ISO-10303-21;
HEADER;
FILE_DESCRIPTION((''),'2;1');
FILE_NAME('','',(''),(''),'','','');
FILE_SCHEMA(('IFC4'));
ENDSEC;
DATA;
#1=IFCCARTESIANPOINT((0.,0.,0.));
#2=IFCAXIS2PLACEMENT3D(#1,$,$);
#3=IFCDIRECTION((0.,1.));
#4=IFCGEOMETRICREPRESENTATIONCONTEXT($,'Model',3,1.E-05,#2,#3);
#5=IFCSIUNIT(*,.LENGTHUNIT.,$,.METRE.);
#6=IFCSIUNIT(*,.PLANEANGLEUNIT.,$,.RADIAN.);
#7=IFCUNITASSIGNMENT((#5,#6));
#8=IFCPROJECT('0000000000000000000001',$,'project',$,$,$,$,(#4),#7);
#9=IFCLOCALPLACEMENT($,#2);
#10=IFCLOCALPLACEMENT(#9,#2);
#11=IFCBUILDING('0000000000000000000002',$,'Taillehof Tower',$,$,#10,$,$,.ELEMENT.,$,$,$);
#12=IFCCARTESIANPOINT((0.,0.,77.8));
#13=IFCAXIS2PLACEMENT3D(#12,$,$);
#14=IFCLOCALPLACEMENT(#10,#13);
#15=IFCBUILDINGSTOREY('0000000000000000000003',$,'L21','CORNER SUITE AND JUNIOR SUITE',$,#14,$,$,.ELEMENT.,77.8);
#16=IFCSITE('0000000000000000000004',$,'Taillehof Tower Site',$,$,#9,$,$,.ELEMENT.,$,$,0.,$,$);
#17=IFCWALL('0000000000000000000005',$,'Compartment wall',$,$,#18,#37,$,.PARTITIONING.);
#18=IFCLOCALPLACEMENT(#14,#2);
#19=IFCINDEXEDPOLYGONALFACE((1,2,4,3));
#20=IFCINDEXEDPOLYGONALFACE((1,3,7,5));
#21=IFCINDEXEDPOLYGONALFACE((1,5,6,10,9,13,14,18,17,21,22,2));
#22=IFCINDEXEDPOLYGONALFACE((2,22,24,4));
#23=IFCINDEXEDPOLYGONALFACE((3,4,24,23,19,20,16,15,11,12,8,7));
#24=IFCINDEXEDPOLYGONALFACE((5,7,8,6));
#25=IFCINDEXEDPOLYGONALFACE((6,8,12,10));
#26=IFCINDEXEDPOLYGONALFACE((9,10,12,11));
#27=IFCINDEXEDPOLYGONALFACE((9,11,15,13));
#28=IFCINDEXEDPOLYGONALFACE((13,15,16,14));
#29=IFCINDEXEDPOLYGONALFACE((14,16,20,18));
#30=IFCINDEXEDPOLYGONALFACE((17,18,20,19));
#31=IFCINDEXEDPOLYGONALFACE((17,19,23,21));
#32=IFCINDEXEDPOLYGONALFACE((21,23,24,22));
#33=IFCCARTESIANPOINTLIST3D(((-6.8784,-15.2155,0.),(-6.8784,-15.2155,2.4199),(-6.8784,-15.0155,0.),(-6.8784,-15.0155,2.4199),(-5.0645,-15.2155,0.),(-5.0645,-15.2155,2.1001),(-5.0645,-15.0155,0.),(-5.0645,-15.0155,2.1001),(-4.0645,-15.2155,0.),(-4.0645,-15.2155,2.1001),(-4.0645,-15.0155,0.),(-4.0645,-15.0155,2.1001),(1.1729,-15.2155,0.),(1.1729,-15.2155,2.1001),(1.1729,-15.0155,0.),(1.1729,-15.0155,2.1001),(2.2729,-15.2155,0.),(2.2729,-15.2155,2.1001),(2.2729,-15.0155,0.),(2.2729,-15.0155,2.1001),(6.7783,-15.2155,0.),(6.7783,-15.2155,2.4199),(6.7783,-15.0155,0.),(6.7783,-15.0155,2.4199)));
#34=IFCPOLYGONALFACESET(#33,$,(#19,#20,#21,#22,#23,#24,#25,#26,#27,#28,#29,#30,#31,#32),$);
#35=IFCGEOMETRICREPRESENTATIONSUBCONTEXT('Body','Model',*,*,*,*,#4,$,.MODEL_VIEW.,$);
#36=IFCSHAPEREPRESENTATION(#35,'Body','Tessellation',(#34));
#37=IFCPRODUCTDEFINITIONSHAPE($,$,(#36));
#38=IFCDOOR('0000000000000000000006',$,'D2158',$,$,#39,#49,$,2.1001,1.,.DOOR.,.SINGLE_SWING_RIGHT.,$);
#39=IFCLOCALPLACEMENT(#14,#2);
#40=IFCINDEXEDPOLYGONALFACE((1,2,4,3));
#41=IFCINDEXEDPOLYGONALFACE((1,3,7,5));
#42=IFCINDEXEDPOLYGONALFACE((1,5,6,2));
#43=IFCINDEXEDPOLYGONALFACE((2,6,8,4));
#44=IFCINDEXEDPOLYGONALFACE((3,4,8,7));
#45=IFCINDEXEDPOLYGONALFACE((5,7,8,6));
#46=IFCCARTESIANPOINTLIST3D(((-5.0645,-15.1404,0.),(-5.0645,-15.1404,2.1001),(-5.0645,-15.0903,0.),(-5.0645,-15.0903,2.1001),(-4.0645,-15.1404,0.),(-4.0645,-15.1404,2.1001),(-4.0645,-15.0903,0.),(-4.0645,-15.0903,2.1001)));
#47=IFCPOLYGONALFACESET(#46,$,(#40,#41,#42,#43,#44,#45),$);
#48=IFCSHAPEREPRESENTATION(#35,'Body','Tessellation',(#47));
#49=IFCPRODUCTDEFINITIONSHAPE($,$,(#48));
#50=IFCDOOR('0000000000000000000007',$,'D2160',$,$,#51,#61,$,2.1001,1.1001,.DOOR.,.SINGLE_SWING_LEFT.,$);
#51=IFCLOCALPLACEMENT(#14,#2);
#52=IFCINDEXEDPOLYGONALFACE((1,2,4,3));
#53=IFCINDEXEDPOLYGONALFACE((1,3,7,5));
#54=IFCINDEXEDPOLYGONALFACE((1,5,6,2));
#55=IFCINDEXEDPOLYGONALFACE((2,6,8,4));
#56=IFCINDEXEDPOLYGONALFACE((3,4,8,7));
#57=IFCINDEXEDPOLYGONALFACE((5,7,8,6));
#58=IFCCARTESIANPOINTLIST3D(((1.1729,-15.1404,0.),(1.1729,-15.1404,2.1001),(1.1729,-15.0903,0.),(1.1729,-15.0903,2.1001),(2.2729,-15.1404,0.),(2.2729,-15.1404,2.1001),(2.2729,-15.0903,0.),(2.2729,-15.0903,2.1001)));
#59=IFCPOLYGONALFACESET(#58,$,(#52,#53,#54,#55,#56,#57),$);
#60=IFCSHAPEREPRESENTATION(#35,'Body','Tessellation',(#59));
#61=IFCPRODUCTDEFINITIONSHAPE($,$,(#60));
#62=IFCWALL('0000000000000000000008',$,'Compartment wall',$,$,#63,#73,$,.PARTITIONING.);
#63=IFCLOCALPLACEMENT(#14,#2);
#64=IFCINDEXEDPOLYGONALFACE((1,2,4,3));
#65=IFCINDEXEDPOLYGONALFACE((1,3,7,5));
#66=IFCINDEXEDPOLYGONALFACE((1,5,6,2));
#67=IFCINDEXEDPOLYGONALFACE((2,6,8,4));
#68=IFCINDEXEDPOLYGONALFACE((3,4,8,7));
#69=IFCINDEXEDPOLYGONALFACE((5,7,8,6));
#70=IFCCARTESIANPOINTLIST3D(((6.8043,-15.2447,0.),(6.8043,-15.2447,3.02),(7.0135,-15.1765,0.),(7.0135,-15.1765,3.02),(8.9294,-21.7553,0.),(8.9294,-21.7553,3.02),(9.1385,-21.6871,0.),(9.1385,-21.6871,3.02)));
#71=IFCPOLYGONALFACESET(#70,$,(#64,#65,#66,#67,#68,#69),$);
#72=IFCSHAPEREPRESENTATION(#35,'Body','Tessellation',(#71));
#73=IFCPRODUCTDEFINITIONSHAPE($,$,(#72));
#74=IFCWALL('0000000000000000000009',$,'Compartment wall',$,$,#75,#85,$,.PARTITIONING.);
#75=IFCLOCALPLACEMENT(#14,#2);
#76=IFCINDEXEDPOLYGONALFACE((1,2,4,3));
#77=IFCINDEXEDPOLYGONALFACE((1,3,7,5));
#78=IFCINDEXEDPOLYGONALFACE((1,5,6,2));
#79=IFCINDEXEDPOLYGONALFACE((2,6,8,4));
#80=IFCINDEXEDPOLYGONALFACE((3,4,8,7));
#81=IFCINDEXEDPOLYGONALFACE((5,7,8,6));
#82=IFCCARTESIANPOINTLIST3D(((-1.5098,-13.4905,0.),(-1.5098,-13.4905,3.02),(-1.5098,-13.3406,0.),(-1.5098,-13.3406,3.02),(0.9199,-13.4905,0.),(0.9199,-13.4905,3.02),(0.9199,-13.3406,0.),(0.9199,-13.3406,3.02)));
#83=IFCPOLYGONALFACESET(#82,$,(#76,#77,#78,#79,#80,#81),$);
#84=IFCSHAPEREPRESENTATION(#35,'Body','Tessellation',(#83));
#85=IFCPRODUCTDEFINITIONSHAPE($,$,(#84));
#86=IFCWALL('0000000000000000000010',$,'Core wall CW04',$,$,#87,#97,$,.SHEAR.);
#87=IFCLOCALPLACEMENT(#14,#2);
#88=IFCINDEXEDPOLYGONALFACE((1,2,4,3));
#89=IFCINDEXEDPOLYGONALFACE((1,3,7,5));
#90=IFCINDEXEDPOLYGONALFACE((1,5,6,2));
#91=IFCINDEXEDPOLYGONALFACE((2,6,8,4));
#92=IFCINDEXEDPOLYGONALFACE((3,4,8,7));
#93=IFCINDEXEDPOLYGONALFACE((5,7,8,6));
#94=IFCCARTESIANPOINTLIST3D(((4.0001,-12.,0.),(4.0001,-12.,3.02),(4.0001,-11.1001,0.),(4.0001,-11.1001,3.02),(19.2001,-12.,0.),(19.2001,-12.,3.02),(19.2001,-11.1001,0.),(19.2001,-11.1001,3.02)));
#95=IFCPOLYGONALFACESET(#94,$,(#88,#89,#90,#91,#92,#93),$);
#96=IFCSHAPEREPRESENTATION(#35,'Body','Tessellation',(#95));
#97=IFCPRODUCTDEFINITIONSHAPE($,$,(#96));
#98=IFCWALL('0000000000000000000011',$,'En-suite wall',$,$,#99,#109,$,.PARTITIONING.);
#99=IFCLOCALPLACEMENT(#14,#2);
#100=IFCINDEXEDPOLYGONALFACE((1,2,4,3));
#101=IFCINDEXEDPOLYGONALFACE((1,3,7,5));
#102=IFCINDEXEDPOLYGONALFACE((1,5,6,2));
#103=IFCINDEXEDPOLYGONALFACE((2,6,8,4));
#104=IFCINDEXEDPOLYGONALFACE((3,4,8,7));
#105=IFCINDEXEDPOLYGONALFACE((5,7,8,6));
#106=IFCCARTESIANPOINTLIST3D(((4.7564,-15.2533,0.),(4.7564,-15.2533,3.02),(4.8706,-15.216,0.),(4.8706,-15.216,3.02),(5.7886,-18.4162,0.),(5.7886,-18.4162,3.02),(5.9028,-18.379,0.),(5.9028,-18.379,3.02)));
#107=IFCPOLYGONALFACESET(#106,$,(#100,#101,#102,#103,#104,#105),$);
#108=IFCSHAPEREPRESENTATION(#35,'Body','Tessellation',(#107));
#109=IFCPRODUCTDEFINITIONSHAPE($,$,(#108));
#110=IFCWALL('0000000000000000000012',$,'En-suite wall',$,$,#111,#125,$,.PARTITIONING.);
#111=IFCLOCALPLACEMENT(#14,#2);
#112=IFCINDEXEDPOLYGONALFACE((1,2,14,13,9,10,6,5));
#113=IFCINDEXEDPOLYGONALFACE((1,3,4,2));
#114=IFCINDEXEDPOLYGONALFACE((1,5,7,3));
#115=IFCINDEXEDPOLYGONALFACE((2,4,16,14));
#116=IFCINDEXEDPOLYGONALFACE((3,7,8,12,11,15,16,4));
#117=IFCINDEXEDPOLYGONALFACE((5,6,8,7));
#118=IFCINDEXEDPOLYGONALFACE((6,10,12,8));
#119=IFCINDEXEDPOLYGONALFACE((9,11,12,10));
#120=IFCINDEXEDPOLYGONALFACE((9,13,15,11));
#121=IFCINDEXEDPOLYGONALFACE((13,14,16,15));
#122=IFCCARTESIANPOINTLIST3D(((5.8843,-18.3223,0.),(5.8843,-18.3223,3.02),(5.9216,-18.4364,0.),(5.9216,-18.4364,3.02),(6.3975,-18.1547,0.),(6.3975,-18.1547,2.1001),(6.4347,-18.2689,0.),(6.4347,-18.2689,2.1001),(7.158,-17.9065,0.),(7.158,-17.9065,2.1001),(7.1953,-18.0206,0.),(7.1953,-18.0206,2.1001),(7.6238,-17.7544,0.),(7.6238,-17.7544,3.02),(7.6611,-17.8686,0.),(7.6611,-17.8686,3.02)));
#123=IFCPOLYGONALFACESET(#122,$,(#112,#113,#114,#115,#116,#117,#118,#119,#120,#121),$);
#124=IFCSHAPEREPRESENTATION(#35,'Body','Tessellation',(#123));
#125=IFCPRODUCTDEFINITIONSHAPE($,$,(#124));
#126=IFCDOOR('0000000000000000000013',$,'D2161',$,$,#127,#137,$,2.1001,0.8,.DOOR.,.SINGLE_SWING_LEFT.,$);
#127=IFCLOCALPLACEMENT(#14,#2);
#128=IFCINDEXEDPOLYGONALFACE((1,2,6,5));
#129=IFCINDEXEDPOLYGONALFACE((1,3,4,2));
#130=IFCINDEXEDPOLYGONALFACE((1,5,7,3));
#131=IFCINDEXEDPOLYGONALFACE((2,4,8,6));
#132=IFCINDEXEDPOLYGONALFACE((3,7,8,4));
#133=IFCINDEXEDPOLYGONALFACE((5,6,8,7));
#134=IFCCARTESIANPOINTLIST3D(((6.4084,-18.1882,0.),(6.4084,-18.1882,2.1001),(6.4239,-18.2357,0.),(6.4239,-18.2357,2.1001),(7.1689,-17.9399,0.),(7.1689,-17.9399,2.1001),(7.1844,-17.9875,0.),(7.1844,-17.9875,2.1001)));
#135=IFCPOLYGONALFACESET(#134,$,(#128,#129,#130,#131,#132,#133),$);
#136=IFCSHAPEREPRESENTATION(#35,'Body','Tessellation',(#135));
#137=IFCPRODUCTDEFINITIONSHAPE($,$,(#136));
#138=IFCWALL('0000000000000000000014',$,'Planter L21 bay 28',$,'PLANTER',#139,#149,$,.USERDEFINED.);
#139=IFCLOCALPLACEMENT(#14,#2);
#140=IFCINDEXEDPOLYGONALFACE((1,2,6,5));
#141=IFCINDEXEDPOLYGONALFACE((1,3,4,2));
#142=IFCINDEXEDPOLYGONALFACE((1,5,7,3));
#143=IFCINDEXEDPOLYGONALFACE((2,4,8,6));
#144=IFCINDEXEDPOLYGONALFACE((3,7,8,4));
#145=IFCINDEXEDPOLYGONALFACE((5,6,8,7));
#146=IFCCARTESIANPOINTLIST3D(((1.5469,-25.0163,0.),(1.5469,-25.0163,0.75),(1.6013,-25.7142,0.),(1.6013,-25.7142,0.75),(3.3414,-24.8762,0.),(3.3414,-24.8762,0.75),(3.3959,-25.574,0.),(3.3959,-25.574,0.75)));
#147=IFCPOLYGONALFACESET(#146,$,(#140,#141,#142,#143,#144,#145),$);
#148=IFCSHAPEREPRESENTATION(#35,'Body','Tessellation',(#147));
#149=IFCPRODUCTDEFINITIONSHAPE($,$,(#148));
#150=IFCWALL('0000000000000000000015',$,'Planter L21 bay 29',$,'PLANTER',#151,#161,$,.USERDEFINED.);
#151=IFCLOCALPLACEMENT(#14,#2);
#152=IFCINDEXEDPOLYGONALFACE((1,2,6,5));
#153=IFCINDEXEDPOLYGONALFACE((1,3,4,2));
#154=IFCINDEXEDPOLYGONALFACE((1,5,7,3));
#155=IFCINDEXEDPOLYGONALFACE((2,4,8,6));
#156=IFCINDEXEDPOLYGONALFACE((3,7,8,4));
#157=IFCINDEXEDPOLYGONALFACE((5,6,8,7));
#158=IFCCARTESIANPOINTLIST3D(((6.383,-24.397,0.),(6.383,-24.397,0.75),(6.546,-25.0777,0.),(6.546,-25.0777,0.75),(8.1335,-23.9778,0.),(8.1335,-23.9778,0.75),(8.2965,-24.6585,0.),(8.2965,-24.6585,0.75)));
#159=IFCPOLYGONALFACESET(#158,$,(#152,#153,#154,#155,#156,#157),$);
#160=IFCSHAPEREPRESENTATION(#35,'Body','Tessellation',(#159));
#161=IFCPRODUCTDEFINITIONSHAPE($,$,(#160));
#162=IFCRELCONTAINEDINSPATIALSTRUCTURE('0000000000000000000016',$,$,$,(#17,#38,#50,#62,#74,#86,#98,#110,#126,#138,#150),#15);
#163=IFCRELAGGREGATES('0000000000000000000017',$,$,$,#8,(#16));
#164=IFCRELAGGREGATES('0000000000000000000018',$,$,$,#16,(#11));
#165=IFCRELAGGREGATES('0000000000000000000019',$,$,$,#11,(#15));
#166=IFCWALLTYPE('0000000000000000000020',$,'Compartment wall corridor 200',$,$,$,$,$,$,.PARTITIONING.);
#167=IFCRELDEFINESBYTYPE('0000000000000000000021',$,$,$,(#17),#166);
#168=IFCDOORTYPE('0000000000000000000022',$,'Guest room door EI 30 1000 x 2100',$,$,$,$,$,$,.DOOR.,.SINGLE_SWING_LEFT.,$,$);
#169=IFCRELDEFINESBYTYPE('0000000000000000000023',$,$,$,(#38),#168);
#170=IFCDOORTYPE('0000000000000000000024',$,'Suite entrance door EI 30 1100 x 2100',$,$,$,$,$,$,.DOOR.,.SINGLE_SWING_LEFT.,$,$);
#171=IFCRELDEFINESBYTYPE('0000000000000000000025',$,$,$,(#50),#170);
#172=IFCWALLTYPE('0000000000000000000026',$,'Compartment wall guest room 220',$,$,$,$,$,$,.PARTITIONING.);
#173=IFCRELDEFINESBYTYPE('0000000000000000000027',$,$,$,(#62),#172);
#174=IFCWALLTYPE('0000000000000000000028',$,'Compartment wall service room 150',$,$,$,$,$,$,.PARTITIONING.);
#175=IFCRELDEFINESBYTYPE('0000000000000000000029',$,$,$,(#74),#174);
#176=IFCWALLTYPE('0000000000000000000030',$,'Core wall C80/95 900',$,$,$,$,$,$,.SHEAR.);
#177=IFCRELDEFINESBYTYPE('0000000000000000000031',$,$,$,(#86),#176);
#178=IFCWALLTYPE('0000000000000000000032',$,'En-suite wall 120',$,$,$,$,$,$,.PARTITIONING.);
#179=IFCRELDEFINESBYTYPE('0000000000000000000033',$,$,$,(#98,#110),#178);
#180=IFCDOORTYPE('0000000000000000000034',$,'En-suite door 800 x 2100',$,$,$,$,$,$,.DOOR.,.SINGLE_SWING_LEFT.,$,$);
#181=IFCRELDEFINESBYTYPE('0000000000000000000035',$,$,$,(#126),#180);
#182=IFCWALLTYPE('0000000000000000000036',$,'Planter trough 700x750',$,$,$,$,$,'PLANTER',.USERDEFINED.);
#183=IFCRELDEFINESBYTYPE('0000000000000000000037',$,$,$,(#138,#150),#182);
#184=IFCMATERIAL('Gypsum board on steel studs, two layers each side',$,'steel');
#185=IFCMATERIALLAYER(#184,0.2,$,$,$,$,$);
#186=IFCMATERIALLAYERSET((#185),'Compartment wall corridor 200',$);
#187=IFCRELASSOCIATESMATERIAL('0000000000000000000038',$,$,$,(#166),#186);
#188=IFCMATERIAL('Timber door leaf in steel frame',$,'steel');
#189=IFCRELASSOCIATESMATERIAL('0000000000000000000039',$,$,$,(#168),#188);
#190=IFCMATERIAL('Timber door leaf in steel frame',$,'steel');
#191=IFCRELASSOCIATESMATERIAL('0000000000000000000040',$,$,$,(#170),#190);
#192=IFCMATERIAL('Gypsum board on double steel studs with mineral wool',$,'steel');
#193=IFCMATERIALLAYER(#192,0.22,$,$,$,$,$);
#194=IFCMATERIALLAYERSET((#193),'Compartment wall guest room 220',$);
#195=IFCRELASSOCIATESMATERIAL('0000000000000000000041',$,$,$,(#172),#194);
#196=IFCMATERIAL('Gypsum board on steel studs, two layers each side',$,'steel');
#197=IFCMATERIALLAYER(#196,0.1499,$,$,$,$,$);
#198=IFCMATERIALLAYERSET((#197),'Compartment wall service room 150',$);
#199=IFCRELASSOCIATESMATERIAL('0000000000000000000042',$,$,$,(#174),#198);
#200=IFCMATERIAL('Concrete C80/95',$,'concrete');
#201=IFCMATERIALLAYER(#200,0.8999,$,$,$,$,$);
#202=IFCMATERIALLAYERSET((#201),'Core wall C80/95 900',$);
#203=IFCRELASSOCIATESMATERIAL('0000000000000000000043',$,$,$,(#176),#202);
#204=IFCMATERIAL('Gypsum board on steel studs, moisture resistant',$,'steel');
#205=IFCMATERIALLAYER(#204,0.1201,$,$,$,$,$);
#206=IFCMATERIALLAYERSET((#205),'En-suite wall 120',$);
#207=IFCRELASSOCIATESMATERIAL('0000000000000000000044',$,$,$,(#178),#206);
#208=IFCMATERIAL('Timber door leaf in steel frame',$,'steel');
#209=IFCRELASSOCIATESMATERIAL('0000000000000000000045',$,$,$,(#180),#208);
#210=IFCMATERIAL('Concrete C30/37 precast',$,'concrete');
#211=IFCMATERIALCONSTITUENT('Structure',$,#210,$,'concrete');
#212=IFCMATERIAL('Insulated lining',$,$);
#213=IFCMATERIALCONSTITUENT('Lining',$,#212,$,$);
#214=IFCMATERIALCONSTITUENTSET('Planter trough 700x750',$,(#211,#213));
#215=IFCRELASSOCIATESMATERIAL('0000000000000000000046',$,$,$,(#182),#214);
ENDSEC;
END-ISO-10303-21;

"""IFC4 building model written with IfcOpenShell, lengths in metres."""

from ifc_helpers import new_model, si_unit, direction, frame, frame_2d, origin, place, context, subcontext, project, spatial, rectangle, extrude, material, layer, layer_set, constituent, constituent_set, type_object, element, fill, save


model = new_model("IFC4")

# Units and contexts
model_context = context("Model", 3, precision=1e-05, world=origin(), true_north=direction((0.0, 1.0)))
body_context = subcontext(model_context, "Body", "Model", "MODEL_VIEW")
ifc_project = project(units=[si_unit("LENGTHUNIT", "METRE"), si_unit("PLANEANGLEUNIT", "RADIAN")], contexts=[model_context])

# Site, building, storey
site_placement = place(None, origin())
site = spatial("IfcSite", under=ifc_project, at=site_placement, Name="Taillehof Tower Site", CompositionType="ELEMENT", RefElevation=0.0)
building_placement = place(site_placement, origin())
building = spatial("IfcBuilding", under=site, at=building_placement, Name="Taillehof Tower", CompositionType="ELEMENT")
storey_placement = place(building_placement, frame((0.0, 0.0, 77.8)))
storey = spatial("IfcBuildingStorey", under=building, at=storey_placement, Name="L21", Description="CORNER SUITE AND JUNIOR SUITE", CompositionType="ELEMENT", Elevation=77.8)

# Shared definitions
ifc_material_1 = material(Name="Gypsum board on steel studs, two layers each side", Category="steel")
ifc_layer_1 = layer(ifc_material_1, 0.2)
ifc_layer_set_1 = layer_set([ifc_layer_1], Name="Compartment wall corridor 200")
wall_type_1 = type_object("IfcWallType", Name="Compartment wall corridor 200", PredefinedType="PARTITIONING", material=ifc_layer_set_1)

# Wall, openings, doors
wall_1_placement = place(storey_placement, frame((6.7783, -15.1155, 0.0), z_axis=(0.0, 0.0, 1.0), x_axis=(-1.0, 0.0, 0.0)))
wall_1 = element("IfcWall", 1, at=wall_1_placement, inside=storey, type_object=wall_type_1, Name="Compartment wall", PredefinedType="PARTITIONING", context=body_context, shape_type="SweptSolid", body=[
    extrude(rectangle(XDim=13.6567, YDim=0.2, at=frame_2d((6.8284, 0.0))), origin(), (0.0, 0.0, 1.0), 2.4199),
])
opening_1_placement = place(wall_1_placement, frame((10.8428, 0.0, 0.0)))
opening_1 = element("IfcOpeningElement", 2, at=opening_1_placement, cuts=wall_1, PredefinedType="OPENING", context=body_context, shape_type="SweptSolid", body=[
    extrude(rectangle(XDim=1.0, YDim=2.1001, at=frame_2d((0.5, 1.05))), frame((0.0, 0.1099, 0.0), z_axis=(0.0, -1.0, 0.0), x_axis=(1.0, 0.0, 0.0)), (0.0, 0.0, 1.0), 0.22),
])
opening_2_placement = place(wall_1_placement, frame((4.5054, 0.0, 0.0)))
opening_2 = element("IfcOpeningElement", 3, at=opening_2_placement, cuts=wall_1, PredefinedType="OPENING", context=body_context, shape_type="SweptSolid", body=[
    extrude(rectangle(XDim=1.1001, YDim=2.1001, at=frame_2d((0.55, 1.05))), frame((0.0, 0.1099, 0.0), z_axis=(0.0, -1.0, 0.0), x_axis=(1.0, 0.0, 0.0)), (0.0, 0.0, 1.0), 0.22),
])
ifc_material_2 = material(Name="Timber door leaf in steel frame", Category="steel")
door_type_1 = type_object("IfcDoorType", Name="Guest room door EI 30 1000 x 2100", OperationType="SINGLE_SWING_LEFT", PredefinedType="DOOR", material=ifc_material_2)
door_1_placement = place(opening_1_placement, origin())
door_1 = element("IfcDoor", 4, at=door_1_placement, inside=storey, type_object=door_type_1, Name="D2158", OperationType="SINGLE_SWING_RIGHT", OverallHeight=2.1001, OverallWidth=1.0, PredefinedType="DOOR", context=body_context, shape_type="SweptSolid", body=[
    extrude(rectangle(XDim=1.0, YDim=2.1001, at=frame_2d((0.5, 1.05))), frame((0.0, 0.0249, 0.0), z_axis=(0.0, -1.0, 0.0), x_axis=(1.0, 0.0, 0.0)), (0.0, 0.0, 1.0), 0.05),
])
fill(opening_1, door_1)
ifc_material_3 = material(Name="Timber door leaf in steel frame", Category="steel")
door_type_2 = type_object("IfcDoorType", Name="Suite entrance door EI 30 1100 x 2100", OperationType="SINGLE_SWING_LEFT", PredefinedType="DOOR", material=ifc_material_3)
door_2_placement = place(opening_2_placement, origin())
door_2 = element("IfcDoor", 5, at=door_2_placement, inside=storey, type_object=door_type_2, Name="D2160", OperationType="SINGLE_SWING_LEFT", OverallHeight=2.1001, OverallWidth=1.1001, PredefinedType="DOOR", context=body_context, shape_type="SweptSolid", body=[
    extrude(rectangle(XDim=1.1001, YDim=2.1001, at=frame_2d((0.55, 1.05))), frame((0.0, 0.0249, 0.0), z_axis=(0.0, -1.0, 0.0), x_axis=(1.0, 0.0, 0.0)), (0.0, 0.0, 1.0), 0.05),
])
fill(opening_2, door_2)

# Walls
ifc_material_4 = material(Name="Gypsum board on double steel studs with mineral wool", Category="steel")
ifc_layer_2 = layer(ifc_material_4, 0.22)
ifc_layer_set_2 = layer_set([ifc_layer_2], Name="Compartment wall guest room 220")
wall_type_2 = type_object("IfcWallType", Name="Compartment wall guest room 220", PredefinedType="PARTITIONING", material=ifc_layer_set_2)
wall_2_placement = place(storey_placement, frame((9.0339, -21.7212, 0.0), z_axis=(0.0, 0.0, 1.0), x_axis=(-0.310286, 0.950643, 0.0)))
element("IfcWall", 6, at=wall_2_placement, inside=storey, type_object=wall_type_2, Name="Compartment wall", PredefinedType="PARTITIONING", context=body_context, shape_type="SweptSolid", body=[
    extrude(rectangle(XDim=6.8486, YDim=0.22, at=frame_2d((3.4243, 0.0))), origin(), (0.0, 0.0, 1.0), 3.02),
])
ifc_material_5 = material(Name="Gypsum board on steel studs, two layers each side", Category="steel")
ifc_layer_3 = layer(ifc_material_5, 0.1499)
ifc_layer_set_3 = layer_set([ifc_layer_3], Name="Compartment wall service room 150")
wall_type_3 = type_object("IfcWallType", Name="Compartment wall service room 150", PredefinedType="PARTITIONING", material=ifc_layer_set_3)
wall_3_placement = place(storey_placement, frame((0.9199, -13.4155, 0.0), z_axis=(0.0, 0.0, 1.0), x_axis=(-1.0, 0.0, 0.0)))
element("IfcWall", 7, at=wall_3_placement, inside=storey, type_object=wall_type_3, Name="Compartment wall", PredefinedType="PARTITIONING", context=body_context, shape_type="SweptSolid", body=[
    extrude(rectangle(XDim=2.4297, YDim=0.1499, at=frame_2d((1.2148, 0.0))), origin(), (0.0, 0.0, 1.0), 3.02),
])
ifc_material_6 = material(Name="Concrete C80/95", Category="concrete")
ifc_layer_4 = layer(ifc_material_6, 0.8999)
ifc_layer_set_4 = layer_set([ifc_layer_4], Name="Core wall C80/95 900")
wall_type_4 = type_object("IfcWallType", Name="Core wall C80/95 900", PredefinedType="SHEAR", material=ifc_layer_set_4)
wall_4_placement = place(storey_placement, frame((4.0, -11.55, 0.0), z_axis=(0.0, 0.0, 1.0), x_axis=(1.0, 0.0, 0.0)))
element("IfcWall", 8, at=wall_4_placement, inside=storey, type_object=wall_type_4, Name="Core wall CW04", PredefinedType="SHEAR", context=body_context, shape_type="SweptSolid", body=[
    extrude(rectangle(XDim=15.2, YDim=0.8999, at=frame_2d((7.6001, 0.0))), origin(), (0.0, 0.0, 1.0), 3.02),
])
ifc_material_7 = material(Name="Gypsum board on steel studs, moisture resistant", Category="steel")
ifc_layer_5 = layer(ifc_material_7, 0.1201)
ifc_layer_set_5 = layer_set([ifc_layer_5], Name="En-suite wall 120")
wall_type_5 = type_object("IfcWallType", Name="En-suite wall 120", PredefinedType="PARTITIONING", material=ifc_layer_set_5)
wall_5_placement = place(storey_placement, frame((4.8135, -15.2346, 0.0), z_axis=(0.0, 0.0, 1.0), x_axis=(0.310234, -0.95066, 0.0)))
element("IfcWall", 9, at=wall_5_placement, inside=storey, type_object=wall_type_5, Name="En-suite wall", PredefinedType="PARTITIONING", context=body_context, shape_type="SweptSolid", body=[
    extrude(rectangle(XDim=3.3271, YDim=0.1201, at=frame_2d((1.6636, 0.0))), origin(), (0.0, 0.0, 1.0), 3.02),
])

# Wall, opening, door
wall_6_placement = place(storey_placement, frame((5.9028, -18.3794, 0.0), z_axis=(0.0, 0.0, 1.0), x_axis=(0.950626, 0.310338, 0.0)))
wall_6 = element("IfcWall", 10, at=wall_6_placement, inside=storey, type_object=wall_type_5, Name="En-suite wall", PredefinedType="PARTITIONING", context=body_context, shape_type="SweptSolid", body=[
    extrude(rectangle(XDim=1.8298, YDim=0.1201, at=frame_2d((0.915, 0.0))), origin(), (0.0, 0.0, 1.0), 3.02),
])
opening_3_placement = place(wall_6_placement, frame((0.54, 0.0, 0.0)))
opening_3 = element("IfcOpeningElement", 11, at=opening_3_placement, cuts=wall_6, PredefinedType="OPENING", context=body_context, shape_type="SweptSolid", body=[
    extrude(rectangle(XDim=0.8, YDim=2.1001, at=frame_2d((0.3999, 1.05))), frame((0.0, 0.0701, 0.0), z_axis=(0.0, -1.0, 0.0), x_axis=(1.0, 0.0, 0.0)), (0.0, 0.0, 1.0), 0.1401),
])
ifc_material_8 = material(Name="Timber door leaf in steel frame", Category="steel")
door_type_3 = type_object("IfcDoorType", Name="En-suite door 800 x 2100", OperationType="SINGLE_SWING_LEFT", PredefinedType="DOOR", material=ifc_material_8)
door_3_placement = place(opening_3_placement, origin())
door_3 = element("IfcDoor", 12, at=door_3_placement, inside=storey, type_object=door_type_3, Name="D2161", OperationType="SINGLE_SWING_LEFT", OverallHeight=2.1001, OverallWidth=0.8, PredefinedType="DOOR", context=body_context, shape_type="SweptSolid", body=[
    extrude(rectangle(XDim=0.8, YDim=2.1001, at=frame_2d((0.3999, 1.05))), frame((0.0, 0.0249, 0.0), z_axis=(0.0, -1.0, 0.0), x_axis=(1.0, 0.0, 0.0)), (0.0, 0.0, 1.0), 0.05),
])
fill(opening_3, door_3)

# Walls
ifc_material_9 = material(Name="Concrete C30/37 precast", Category="concrete")
ifc_constituent_1 = constituent(ifc_material_9, Name="Structure", Category="concrete")
ifc_material_10 = material(Name="Insulated lining")
ifc_constituent_2 = constituent(ifc_material_10, Name="Lining")
ifc_constituent_set = constituent_set(constituents=[ifc_constituent_1, ifc_constituent_2], Name="Planter trough 700x750")
wall_type_6 = type_object("IfcWallType", Name="Planter trough 700x750", ElementType="PLANTER", PredefinedType="USERDEFINED", material=ifc_constituent_set)
for number, where, z_axis, x_axis, name in (
    (13, (1.5742, -25.3652, 0.0), (0.0, 0.0, 1.0), (0.996965, 0.077848, 0.0), "Planter L21 bay 28"),
    (14, (6.4646, -24.7373, 0.0), (0.0, 0.0, 1.0), (0.972504, 0.232886, 0.0), "Planter L21 bay 29"),
):
    element("IfcWall", number, at=place(storey_placement, frame(where, z_axis=z_axis, x_axis=x_axis)), inside=storey, type_object=wall_type_6, Name=name, ObjectType="PLANTER", PredefinedType="USERDEFINED", context=body_context, shape_type="SweptSolid", body=[
        extrude(rectangle(XDim=1.8, YDim=0.7, at=frame_2d((0.8999, 0.0))), origin(), (0.0, 0.0, 1.0), 0.75),
    ])

save(model, "model.ifc")
